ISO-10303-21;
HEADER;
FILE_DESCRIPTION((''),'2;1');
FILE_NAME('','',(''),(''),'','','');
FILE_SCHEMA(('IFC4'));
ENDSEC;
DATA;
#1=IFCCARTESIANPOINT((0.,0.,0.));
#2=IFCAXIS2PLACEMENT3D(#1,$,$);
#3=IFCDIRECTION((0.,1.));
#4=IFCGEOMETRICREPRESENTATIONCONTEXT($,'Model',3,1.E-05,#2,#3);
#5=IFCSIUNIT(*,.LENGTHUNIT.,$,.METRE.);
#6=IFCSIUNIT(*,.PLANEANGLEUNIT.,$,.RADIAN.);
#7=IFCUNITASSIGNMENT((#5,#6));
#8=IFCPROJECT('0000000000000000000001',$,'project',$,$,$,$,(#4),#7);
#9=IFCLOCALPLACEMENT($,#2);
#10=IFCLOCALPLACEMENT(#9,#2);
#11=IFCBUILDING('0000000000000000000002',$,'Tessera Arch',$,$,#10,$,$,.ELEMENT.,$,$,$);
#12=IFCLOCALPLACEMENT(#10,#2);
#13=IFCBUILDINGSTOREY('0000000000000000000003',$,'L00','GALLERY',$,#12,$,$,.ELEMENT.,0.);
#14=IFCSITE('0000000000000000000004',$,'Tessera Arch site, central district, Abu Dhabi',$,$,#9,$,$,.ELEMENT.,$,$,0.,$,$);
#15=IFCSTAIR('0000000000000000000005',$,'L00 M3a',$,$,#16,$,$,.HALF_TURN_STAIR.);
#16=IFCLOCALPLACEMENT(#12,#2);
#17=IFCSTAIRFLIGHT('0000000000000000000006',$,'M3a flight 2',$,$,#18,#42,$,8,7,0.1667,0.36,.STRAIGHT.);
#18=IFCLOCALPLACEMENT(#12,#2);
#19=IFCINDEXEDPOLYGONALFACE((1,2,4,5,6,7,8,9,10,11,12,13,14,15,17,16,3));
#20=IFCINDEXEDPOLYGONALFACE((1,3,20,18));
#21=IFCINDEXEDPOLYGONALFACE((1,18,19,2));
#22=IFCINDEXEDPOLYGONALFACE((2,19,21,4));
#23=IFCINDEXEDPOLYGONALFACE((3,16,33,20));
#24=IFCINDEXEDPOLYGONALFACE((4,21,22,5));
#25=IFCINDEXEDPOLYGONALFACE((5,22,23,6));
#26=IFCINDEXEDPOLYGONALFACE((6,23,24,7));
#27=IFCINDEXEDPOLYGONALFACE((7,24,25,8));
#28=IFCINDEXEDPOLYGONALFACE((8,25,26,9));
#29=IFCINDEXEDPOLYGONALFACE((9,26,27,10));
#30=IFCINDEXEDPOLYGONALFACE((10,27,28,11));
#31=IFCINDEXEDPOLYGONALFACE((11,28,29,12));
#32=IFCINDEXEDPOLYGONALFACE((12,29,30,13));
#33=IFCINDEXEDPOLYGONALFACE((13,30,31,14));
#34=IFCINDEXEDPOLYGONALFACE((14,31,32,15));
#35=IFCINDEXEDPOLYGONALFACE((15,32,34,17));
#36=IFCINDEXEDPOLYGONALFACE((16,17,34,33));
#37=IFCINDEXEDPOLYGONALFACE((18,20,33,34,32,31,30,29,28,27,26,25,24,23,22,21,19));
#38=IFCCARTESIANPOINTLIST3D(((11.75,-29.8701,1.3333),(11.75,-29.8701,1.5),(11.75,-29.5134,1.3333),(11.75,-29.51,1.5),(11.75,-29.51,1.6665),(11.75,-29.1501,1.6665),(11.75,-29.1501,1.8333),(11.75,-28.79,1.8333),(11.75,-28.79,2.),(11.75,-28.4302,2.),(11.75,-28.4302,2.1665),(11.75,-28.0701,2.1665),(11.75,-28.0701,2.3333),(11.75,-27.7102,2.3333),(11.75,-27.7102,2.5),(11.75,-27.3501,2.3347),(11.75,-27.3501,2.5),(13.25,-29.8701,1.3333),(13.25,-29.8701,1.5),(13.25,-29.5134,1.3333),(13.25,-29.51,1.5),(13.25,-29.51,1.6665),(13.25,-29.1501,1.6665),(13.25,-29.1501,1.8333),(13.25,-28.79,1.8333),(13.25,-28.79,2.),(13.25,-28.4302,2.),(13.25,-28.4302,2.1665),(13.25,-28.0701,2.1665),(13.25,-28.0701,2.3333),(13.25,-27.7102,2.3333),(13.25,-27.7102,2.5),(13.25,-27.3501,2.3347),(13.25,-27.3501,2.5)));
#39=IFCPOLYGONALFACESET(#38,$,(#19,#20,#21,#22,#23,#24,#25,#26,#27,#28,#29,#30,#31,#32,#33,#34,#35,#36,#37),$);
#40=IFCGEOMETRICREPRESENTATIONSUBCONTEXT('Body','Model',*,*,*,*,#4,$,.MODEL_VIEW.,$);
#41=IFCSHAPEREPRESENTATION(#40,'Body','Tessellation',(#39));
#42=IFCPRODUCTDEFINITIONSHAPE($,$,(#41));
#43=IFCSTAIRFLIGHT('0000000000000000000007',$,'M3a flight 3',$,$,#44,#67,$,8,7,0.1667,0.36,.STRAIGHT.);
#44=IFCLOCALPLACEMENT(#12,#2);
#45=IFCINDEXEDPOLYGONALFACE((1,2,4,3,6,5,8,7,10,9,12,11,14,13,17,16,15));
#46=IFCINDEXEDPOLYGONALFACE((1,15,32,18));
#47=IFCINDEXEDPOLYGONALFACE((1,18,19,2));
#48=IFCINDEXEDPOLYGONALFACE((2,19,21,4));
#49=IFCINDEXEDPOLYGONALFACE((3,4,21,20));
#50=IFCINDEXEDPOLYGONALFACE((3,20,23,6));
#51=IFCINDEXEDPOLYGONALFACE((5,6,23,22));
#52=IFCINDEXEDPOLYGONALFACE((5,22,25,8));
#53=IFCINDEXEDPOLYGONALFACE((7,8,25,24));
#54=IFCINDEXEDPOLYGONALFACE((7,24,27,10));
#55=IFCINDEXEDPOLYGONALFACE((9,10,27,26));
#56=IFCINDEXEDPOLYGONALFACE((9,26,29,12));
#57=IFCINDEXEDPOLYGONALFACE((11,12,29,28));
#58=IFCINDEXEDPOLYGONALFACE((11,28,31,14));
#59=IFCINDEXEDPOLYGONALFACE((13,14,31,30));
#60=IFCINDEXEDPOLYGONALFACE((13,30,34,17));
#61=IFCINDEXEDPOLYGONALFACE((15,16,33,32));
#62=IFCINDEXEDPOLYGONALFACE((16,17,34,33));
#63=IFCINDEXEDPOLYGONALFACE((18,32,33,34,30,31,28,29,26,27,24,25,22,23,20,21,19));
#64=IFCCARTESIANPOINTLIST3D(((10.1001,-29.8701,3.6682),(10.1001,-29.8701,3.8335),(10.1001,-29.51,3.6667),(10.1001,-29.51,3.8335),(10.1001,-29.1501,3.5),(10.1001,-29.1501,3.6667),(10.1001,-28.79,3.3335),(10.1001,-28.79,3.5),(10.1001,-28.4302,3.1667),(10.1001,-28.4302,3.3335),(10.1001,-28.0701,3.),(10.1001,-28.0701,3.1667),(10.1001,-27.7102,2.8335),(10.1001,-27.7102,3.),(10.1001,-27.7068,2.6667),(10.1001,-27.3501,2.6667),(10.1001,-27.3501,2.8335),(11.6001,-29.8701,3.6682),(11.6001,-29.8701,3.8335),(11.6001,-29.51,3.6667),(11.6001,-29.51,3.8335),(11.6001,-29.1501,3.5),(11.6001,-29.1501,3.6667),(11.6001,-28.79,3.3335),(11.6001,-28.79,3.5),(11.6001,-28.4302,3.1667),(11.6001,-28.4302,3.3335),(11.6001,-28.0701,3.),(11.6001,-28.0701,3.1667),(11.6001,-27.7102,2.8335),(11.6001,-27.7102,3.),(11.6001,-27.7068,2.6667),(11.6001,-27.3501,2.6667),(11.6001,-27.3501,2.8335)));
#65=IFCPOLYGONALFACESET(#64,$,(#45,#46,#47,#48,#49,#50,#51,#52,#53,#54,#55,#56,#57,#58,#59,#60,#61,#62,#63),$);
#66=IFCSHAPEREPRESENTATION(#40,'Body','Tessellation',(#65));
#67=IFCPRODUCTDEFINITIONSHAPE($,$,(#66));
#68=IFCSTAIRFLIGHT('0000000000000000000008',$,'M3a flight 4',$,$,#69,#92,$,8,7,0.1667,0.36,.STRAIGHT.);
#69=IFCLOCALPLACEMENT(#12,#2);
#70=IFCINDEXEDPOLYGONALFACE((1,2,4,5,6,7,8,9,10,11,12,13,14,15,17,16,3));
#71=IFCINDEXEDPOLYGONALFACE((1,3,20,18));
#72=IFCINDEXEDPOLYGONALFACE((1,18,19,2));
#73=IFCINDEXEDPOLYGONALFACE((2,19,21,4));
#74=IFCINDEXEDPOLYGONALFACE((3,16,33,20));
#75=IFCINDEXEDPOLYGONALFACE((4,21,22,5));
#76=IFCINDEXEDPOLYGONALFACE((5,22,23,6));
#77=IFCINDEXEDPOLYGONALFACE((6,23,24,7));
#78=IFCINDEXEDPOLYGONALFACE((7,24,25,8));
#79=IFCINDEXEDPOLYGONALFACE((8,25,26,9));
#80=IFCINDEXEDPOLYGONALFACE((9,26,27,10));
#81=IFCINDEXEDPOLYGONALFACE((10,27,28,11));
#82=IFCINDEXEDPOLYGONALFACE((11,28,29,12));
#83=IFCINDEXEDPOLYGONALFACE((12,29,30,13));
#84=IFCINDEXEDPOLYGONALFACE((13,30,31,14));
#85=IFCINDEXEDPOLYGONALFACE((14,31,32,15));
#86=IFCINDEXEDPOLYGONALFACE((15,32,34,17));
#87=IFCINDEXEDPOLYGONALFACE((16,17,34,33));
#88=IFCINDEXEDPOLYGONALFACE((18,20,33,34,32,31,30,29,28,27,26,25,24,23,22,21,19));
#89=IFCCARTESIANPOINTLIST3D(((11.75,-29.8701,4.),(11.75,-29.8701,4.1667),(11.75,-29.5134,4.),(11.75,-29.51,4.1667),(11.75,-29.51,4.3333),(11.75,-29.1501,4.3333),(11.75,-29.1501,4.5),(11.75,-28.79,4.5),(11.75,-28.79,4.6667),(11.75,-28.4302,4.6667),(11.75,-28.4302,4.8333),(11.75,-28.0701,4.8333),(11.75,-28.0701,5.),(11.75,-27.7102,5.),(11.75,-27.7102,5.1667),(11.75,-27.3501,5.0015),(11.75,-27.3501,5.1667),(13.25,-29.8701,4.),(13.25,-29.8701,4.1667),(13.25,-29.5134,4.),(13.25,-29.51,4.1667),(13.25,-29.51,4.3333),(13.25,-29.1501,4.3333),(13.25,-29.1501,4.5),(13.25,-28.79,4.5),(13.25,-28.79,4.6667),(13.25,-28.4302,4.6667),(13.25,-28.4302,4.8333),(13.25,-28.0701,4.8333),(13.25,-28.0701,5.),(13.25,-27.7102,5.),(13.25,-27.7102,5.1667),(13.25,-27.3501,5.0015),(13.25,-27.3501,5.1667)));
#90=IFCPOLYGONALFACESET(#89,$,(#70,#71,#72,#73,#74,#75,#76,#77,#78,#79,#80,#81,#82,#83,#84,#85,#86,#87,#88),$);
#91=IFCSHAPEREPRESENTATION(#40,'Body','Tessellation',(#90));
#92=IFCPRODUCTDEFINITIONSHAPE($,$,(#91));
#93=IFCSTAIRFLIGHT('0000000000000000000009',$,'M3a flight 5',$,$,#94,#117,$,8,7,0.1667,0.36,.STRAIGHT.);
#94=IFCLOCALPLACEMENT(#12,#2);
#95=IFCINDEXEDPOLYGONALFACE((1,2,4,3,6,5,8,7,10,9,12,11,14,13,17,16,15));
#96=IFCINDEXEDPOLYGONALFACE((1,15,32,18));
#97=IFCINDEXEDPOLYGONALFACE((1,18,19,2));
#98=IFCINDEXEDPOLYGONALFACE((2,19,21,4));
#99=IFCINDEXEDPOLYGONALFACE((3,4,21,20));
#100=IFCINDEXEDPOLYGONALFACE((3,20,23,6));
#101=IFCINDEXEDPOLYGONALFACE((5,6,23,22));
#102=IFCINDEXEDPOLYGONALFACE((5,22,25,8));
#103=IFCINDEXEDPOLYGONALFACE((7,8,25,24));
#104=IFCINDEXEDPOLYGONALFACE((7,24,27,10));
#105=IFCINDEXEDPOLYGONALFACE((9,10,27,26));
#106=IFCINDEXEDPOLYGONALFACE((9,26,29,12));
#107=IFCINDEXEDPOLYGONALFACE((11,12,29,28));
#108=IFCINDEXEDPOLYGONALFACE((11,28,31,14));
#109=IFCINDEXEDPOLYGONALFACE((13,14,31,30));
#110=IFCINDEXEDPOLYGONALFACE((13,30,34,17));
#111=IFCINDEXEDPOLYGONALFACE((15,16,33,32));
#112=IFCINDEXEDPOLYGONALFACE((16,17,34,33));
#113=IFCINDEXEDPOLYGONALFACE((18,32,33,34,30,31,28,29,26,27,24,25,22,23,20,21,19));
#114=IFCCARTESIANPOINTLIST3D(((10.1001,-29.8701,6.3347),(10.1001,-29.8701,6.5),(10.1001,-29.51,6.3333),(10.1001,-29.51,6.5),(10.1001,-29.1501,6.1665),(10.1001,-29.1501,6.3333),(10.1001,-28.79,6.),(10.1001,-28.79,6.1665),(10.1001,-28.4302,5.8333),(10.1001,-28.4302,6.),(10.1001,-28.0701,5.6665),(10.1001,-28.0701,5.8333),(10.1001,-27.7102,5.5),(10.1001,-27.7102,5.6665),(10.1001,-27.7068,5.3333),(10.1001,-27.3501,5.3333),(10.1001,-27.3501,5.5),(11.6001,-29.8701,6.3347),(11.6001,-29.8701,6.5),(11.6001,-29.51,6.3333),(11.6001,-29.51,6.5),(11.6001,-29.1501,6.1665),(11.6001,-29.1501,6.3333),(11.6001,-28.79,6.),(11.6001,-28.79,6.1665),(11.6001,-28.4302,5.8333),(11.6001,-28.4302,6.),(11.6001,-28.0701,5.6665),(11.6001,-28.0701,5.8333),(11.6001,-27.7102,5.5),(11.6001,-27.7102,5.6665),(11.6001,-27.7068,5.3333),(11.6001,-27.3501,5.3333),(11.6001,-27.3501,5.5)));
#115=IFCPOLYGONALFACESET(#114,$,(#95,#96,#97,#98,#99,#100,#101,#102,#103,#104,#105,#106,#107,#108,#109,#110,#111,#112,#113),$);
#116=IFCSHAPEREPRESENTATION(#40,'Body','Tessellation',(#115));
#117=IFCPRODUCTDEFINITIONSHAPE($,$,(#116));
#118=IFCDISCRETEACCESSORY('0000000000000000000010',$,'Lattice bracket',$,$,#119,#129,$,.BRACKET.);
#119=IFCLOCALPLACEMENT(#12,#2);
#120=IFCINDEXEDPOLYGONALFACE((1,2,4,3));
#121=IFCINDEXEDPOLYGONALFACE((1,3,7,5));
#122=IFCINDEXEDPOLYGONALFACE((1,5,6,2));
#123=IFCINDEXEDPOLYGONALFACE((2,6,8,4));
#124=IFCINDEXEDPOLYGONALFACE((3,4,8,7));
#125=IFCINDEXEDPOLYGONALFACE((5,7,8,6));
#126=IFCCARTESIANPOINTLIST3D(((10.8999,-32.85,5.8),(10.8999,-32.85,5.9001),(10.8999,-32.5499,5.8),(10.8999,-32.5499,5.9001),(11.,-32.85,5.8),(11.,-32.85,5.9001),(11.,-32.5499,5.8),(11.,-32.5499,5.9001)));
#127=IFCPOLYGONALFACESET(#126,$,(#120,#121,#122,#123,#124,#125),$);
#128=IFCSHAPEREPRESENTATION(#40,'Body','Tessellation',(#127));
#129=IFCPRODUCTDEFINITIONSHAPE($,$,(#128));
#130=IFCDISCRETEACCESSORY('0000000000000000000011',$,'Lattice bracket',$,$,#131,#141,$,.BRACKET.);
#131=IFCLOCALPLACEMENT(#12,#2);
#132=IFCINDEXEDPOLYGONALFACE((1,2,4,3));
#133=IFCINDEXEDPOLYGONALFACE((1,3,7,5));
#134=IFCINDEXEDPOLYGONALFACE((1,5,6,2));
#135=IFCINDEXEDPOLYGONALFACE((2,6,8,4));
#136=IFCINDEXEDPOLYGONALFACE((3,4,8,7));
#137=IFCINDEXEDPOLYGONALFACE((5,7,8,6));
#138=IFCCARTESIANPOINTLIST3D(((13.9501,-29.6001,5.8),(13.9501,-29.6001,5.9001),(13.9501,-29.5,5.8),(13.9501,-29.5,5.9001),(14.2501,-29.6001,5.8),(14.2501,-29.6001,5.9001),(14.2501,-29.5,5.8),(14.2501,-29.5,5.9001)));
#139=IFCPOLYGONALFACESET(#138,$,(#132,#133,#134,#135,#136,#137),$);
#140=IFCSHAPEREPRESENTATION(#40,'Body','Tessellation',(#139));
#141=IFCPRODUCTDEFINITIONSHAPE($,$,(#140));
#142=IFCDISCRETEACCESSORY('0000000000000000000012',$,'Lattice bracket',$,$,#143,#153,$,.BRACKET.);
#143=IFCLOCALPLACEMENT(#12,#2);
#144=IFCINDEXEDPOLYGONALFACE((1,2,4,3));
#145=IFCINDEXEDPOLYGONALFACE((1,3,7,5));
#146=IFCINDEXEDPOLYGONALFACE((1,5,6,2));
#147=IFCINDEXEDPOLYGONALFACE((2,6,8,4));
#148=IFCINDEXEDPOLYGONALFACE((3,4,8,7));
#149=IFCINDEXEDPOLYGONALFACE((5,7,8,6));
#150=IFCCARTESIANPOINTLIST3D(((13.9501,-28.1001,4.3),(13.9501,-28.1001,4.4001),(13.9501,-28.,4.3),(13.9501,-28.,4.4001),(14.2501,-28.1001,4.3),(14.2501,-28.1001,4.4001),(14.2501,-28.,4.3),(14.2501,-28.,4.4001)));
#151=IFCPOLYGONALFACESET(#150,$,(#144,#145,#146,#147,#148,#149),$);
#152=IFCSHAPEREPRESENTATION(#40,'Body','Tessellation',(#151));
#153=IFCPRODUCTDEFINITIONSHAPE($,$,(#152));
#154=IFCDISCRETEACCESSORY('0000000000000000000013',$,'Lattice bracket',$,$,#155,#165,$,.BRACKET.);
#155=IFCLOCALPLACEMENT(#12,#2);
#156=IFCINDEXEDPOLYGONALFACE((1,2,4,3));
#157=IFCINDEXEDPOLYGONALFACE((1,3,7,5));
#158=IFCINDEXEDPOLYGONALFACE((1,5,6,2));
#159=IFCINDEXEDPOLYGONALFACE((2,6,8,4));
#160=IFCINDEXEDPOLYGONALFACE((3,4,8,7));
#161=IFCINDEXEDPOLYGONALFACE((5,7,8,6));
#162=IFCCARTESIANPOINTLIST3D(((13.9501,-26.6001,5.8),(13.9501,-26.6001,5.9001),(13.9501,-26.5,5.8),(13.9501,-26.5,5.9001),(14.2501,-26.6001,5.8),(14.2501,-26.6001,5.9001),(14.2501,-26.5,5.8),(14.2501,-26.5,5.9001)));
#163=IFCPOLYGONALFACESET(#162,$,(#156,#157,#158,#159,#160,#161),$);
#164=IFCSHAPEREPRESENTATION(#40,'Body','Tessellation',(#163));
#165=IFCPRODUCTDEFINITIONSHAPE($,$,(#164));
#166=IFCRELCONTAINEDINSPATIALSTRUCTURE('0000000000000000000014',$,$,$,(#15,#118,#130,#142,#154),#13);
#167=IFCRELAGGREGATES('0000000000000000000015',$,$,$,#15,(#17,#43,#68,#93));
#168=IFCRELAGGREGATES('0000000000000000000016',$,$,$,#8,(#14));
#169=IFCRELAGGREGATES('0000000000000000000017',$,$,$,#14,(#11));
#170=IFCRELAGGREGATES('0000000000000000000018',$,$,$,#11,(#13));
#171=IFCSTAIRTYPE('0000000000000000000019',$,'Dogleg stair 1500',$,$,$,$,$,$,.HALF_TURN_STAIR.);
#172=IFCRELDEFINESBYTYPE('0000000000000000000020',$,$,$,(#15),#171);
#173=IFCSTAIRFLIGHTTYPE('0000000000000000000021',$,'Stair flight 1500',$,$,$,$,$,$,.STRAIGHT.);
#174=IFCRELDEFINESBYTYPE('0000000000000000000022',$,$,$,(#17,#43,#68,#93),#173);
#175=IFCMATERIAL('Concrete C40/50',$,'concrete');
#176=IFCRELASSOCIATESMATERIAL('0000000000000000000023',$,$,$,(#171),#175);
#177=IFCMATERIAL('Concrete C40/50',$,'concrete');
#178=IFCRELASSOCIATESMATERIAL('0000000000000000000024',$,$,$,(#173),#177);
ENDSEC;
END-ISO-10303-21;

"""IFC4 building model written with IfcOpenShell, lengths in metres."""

from ifc_helpers import new_model, si_unit, direction, frame, origin, origin_2d, place, context, subcontext, project, spatial, polyline, rectangle, outline, extrude, material, type_object, element, aggregate, save


model = new_model("IFC4")

# Units and contexts
model_context = context("Model", 3, precision=1e-05, world=origin(), true_north=direction((0.0, 1.0)))
body_context = subcontext(model_context, "Body", "Model", "MODEL_VIEW")
ifc_project = project(units=[si_unit("LENGTHUNIT", "METRE"), si_unit("PLANEANGLEUNIT", "RADIAN")], contexts=[model_context])

# Site, building, storey
site_placement = place(None, origin())
site = spatial("IfcSite", under=ifc_project, at=site_placement, Name="Tessera Arch site, central district, Abu Dhabi", CompositionType="ELEMENT", RefElevation=0.0)
building_placement = place(site_placement, origin())
building = spatial("IfcBuilding", under=site, at=building_placement, Name="Tessera Arch", CompositionType="ELEMENT")
storey_placement = place(building_placement, origin())
storey = spatial("IfcBuildingStorey", under=building, at=storey_placement, Name="L00", Description="GALLERY", CompositionType="ELEMENT", Elevation=0.0)

# Stair, stair flights
ifc_material_1 = material(Name="Concrete C40/50", Category="concrete")
stair_type = type_object("IfcStairType", Name="Dogleg stair 1500", PredefinedType="HALF_TURN_STAIR", material=ifc_material_1)
stair_placement = place(storey_placement, origin())
stair = element("IfcStair", 1, at=stair_placement, inside=storey, type_object=stair_type, Name="L00 M3a", PredefinedType="HALF_TURN_STAIR")
ifc_material_2 = material(Name="Concrete C40/50", Category="concrete")
stair_flight_type = type_object("IfcStairFlightType", Name="Stair flight 1500", PredefinedType="STRAIGHT", material=ifc_material_2)
stair_flight_1_placement = place(storey_placement, frame((12.5, -29.8701, 1.3333), z_axis=(0.0, 0.0, 1.0), x_axis=(0.0, 1.0, 0.0)))
stair_flight_1 = element("IfcStairFlight", 2, at=stair_flight_1_placement, type_object=stair_flight_type, Name="M3a flight 2", NumberOfRisers=8, NumberOfTreads=7, PredefinedType="STRAIGHT", RiserHeight=0.1667, TreadLength=0.36, context=body_context, shape_type="SweptSolid", body=[
    extrude(outline(polyline([(0.0, 0.0), (0.0, 0.1667), (0.3601, 0.1667), (0.3601, 0.3333), (0.72, 0.3333), (0.72, 0.5), (1.0801, 0.5), (1.0801, 0.6667), (1.4399, 0.6667), (1.4399, 0.8333), (1.8, 0.8333), (1.8, 1.0), (2.1599, 1.0), (2.1599, 1.1667), (2.52, 1.1667), (2.52, 1.3333), (2.52, 1.0015), (0.3567, 0.0), (0.0, 0.0)])), frame((0.0, 0.75, 0.0), z_axis=(0.0, -1.0, 0.0), x_axis=(1.0, 0.0, 0.0)), (0.0, 0.0, 1.0), 1.5),
])
stair_flight_2_placement = place(storey_placement, frame((10.8501, -27.3501, 2.6667), z_axis=(0.0, 0.0, 1.0), x_axis=(0.0, -1.0, 0.0)))
stair_flight_2 = element("IfcStairFlight", 3, at=stair_flight_2_placement, type_object=stair_flight_type, Name="M3a flight 3", NumberOfRisers=8, NumberOfTreads=7, PredefinedType="STRAIGHT", RiserHeight=0.1667, TreadLength=0.36, context=body_context, shape_type="SweptSolid", body=[
    extrude(outline(polyline([(0.0, 0.0), (0.0, 0.1667), (0.3601, 0.1667), (0.3601, 0.3333), (0.72, 0.3333), (0.72, 0.5), (1.0801, 0.5), (1.0801, 0.6667), (1.4399, 0.6667), (1.4399, 0.8333), (1.8, 0.8333), (1.8, 1.0), (2.1599, 1.0), (2.1599, 1.1667), (2.52, 1.1667), (2.52, 1.3333), (2.52, 1.0015), (0.3567, 0.0), (0.0, 0.0)])), frame((0.0, 0.75, 0.0), z_axis=(0.0, -1.0, 0.0), x_axis=(1.0, 0.0, 0.0)), (0.0, 0.0, 1.0), 1.5),
])
stair_flight_3_placement = place(storey_placement, frame((12.5, -29.8701, 4.0), z_axis=(0.0, 0.0, 1.0), x_axis=(0.0, 1.0, 0.0)))
stair_flight_3 = element("IfcStairFlight", 4, at=stair_flight_3_placement, type_object=stair_flight_type, Name="M3a flight 4", NumberOfRisers=8, NumberOfTreads=7, PredefinedType="STRAIGHT", RiserHeight=0.1667, TreadLength=0.36, context=body_context, shape_type="SweptSolid", body=[
    extrude(outline(polyline([(0.0, 0.0), (0.0, 0.1667), (0.3601, 0.1667), (0.3601, 0.3333), (0.72, 0.3333), (0.72, 0.5), (1.0801, 0.5), (1.0801, 0.6667), (1.4399, 0.6667), (1.4399, 0.8333), (1.8, 0.8333), (1.8, 1.0), (2.1599, 1.0), (2.1599, 1.1667), (2.52, 1.1667), (2.52, 1.3333), (2.52, 1.0015), (0.3567, 0.0), (0.0, 0.0)])), frame((0.0, 0.75, 0.0), z_axis=(0.0, -1.0, 0.0), x_axis=(1.0, 0.0, 0.0)), (0.0, 0.0, 1.0), 1.5),
])
stair_flight_4_placement = place(storey_placement, frame((10.8501, -27.3501, 5.3333), z_axis=(0.0, 0.0, 1.0), x_axis=(0.0, -1.0, 0.0)))
stair_flight_4 = element("IfcStairFlight", 5, at=stair_flight_4_placement, type_object=stair_flight_type, Name="M3a flight 5", NumberOfRisers=8, NumberOfTreads=7, PredefinedType="STRAIGHT", RiserHeight=0.1667, TreadLength=0.36, context=body_context, shape_type="SweptSolid", body=[
    extrude(outline(polyline([(0.0, 0.0), (0.0, 0.1667), (0.3601, 0.1667), (0.3601, 0.3333), (0.72, 0.3333), (0.72, 0.5), (1.0801, 0.5), (1.0801, 0.6667), (1.4399, 0.6667), (1.4399, 0.8333), (1.8, 0.8333), (1.8, 1.0), (2.1599, 1.0), (2.1599, 1.1667), (2.52, 1.1667), (2.52, 1.3333), (2.52, 1.0015), (0.3567, 0.0), (0.0, 0.0)])), frame((0.0, 0.75, 0.0), z_axis=(0.0, -1.0, 0.0), x_axis=(1.0, 0.0, 0.0)), (0.0, 0.0, 1.0), 1.5),
])
aggregate(stair, [stair_flight_1, stair_flight_2, stair_flight_3, stair_flight_4])

# Discrete accessories
for number, where, z_axis, x_axis, name in (
    (6, (10.95, -32.7, 5.8), (0.0, 0.0, 1.0), (0.0, -1.0, 0.0), "Lattice bracket"),
    (7, (14.1001, -29.55, 5.8), (0.0, 0.0, 1.0), (1.0, 0.0, 0.0), "Lattice bracket"),
    (8, (14.1001, -28.05, 4.3), (0.0, 0.0, 1.0), (1.0, 0.0, 0.0), "Lattice bracket"),
    (9, (14.1001, -26.55, 5.8), (0.0, 0.0, 1.0), (1.0, 0.0, 0.0), "Lattice bracket"),
):
    element("IfcDiscreteAccessory", number, at=place(storey_placement, frame(where, z_axis=z_axis, x_axis=x_axis)), inside=storey, Name=name, PredefinedType="BRACKET", context=body_context, shape_type="SweptSolid", body=[
        extrude(rectangle(XDim=0.3, YDim=0.1001, at=origin_2d()), origin(), (0.0, 0.0, 1.0), 0.1001),
    ])

save(model, "model.ifc")
